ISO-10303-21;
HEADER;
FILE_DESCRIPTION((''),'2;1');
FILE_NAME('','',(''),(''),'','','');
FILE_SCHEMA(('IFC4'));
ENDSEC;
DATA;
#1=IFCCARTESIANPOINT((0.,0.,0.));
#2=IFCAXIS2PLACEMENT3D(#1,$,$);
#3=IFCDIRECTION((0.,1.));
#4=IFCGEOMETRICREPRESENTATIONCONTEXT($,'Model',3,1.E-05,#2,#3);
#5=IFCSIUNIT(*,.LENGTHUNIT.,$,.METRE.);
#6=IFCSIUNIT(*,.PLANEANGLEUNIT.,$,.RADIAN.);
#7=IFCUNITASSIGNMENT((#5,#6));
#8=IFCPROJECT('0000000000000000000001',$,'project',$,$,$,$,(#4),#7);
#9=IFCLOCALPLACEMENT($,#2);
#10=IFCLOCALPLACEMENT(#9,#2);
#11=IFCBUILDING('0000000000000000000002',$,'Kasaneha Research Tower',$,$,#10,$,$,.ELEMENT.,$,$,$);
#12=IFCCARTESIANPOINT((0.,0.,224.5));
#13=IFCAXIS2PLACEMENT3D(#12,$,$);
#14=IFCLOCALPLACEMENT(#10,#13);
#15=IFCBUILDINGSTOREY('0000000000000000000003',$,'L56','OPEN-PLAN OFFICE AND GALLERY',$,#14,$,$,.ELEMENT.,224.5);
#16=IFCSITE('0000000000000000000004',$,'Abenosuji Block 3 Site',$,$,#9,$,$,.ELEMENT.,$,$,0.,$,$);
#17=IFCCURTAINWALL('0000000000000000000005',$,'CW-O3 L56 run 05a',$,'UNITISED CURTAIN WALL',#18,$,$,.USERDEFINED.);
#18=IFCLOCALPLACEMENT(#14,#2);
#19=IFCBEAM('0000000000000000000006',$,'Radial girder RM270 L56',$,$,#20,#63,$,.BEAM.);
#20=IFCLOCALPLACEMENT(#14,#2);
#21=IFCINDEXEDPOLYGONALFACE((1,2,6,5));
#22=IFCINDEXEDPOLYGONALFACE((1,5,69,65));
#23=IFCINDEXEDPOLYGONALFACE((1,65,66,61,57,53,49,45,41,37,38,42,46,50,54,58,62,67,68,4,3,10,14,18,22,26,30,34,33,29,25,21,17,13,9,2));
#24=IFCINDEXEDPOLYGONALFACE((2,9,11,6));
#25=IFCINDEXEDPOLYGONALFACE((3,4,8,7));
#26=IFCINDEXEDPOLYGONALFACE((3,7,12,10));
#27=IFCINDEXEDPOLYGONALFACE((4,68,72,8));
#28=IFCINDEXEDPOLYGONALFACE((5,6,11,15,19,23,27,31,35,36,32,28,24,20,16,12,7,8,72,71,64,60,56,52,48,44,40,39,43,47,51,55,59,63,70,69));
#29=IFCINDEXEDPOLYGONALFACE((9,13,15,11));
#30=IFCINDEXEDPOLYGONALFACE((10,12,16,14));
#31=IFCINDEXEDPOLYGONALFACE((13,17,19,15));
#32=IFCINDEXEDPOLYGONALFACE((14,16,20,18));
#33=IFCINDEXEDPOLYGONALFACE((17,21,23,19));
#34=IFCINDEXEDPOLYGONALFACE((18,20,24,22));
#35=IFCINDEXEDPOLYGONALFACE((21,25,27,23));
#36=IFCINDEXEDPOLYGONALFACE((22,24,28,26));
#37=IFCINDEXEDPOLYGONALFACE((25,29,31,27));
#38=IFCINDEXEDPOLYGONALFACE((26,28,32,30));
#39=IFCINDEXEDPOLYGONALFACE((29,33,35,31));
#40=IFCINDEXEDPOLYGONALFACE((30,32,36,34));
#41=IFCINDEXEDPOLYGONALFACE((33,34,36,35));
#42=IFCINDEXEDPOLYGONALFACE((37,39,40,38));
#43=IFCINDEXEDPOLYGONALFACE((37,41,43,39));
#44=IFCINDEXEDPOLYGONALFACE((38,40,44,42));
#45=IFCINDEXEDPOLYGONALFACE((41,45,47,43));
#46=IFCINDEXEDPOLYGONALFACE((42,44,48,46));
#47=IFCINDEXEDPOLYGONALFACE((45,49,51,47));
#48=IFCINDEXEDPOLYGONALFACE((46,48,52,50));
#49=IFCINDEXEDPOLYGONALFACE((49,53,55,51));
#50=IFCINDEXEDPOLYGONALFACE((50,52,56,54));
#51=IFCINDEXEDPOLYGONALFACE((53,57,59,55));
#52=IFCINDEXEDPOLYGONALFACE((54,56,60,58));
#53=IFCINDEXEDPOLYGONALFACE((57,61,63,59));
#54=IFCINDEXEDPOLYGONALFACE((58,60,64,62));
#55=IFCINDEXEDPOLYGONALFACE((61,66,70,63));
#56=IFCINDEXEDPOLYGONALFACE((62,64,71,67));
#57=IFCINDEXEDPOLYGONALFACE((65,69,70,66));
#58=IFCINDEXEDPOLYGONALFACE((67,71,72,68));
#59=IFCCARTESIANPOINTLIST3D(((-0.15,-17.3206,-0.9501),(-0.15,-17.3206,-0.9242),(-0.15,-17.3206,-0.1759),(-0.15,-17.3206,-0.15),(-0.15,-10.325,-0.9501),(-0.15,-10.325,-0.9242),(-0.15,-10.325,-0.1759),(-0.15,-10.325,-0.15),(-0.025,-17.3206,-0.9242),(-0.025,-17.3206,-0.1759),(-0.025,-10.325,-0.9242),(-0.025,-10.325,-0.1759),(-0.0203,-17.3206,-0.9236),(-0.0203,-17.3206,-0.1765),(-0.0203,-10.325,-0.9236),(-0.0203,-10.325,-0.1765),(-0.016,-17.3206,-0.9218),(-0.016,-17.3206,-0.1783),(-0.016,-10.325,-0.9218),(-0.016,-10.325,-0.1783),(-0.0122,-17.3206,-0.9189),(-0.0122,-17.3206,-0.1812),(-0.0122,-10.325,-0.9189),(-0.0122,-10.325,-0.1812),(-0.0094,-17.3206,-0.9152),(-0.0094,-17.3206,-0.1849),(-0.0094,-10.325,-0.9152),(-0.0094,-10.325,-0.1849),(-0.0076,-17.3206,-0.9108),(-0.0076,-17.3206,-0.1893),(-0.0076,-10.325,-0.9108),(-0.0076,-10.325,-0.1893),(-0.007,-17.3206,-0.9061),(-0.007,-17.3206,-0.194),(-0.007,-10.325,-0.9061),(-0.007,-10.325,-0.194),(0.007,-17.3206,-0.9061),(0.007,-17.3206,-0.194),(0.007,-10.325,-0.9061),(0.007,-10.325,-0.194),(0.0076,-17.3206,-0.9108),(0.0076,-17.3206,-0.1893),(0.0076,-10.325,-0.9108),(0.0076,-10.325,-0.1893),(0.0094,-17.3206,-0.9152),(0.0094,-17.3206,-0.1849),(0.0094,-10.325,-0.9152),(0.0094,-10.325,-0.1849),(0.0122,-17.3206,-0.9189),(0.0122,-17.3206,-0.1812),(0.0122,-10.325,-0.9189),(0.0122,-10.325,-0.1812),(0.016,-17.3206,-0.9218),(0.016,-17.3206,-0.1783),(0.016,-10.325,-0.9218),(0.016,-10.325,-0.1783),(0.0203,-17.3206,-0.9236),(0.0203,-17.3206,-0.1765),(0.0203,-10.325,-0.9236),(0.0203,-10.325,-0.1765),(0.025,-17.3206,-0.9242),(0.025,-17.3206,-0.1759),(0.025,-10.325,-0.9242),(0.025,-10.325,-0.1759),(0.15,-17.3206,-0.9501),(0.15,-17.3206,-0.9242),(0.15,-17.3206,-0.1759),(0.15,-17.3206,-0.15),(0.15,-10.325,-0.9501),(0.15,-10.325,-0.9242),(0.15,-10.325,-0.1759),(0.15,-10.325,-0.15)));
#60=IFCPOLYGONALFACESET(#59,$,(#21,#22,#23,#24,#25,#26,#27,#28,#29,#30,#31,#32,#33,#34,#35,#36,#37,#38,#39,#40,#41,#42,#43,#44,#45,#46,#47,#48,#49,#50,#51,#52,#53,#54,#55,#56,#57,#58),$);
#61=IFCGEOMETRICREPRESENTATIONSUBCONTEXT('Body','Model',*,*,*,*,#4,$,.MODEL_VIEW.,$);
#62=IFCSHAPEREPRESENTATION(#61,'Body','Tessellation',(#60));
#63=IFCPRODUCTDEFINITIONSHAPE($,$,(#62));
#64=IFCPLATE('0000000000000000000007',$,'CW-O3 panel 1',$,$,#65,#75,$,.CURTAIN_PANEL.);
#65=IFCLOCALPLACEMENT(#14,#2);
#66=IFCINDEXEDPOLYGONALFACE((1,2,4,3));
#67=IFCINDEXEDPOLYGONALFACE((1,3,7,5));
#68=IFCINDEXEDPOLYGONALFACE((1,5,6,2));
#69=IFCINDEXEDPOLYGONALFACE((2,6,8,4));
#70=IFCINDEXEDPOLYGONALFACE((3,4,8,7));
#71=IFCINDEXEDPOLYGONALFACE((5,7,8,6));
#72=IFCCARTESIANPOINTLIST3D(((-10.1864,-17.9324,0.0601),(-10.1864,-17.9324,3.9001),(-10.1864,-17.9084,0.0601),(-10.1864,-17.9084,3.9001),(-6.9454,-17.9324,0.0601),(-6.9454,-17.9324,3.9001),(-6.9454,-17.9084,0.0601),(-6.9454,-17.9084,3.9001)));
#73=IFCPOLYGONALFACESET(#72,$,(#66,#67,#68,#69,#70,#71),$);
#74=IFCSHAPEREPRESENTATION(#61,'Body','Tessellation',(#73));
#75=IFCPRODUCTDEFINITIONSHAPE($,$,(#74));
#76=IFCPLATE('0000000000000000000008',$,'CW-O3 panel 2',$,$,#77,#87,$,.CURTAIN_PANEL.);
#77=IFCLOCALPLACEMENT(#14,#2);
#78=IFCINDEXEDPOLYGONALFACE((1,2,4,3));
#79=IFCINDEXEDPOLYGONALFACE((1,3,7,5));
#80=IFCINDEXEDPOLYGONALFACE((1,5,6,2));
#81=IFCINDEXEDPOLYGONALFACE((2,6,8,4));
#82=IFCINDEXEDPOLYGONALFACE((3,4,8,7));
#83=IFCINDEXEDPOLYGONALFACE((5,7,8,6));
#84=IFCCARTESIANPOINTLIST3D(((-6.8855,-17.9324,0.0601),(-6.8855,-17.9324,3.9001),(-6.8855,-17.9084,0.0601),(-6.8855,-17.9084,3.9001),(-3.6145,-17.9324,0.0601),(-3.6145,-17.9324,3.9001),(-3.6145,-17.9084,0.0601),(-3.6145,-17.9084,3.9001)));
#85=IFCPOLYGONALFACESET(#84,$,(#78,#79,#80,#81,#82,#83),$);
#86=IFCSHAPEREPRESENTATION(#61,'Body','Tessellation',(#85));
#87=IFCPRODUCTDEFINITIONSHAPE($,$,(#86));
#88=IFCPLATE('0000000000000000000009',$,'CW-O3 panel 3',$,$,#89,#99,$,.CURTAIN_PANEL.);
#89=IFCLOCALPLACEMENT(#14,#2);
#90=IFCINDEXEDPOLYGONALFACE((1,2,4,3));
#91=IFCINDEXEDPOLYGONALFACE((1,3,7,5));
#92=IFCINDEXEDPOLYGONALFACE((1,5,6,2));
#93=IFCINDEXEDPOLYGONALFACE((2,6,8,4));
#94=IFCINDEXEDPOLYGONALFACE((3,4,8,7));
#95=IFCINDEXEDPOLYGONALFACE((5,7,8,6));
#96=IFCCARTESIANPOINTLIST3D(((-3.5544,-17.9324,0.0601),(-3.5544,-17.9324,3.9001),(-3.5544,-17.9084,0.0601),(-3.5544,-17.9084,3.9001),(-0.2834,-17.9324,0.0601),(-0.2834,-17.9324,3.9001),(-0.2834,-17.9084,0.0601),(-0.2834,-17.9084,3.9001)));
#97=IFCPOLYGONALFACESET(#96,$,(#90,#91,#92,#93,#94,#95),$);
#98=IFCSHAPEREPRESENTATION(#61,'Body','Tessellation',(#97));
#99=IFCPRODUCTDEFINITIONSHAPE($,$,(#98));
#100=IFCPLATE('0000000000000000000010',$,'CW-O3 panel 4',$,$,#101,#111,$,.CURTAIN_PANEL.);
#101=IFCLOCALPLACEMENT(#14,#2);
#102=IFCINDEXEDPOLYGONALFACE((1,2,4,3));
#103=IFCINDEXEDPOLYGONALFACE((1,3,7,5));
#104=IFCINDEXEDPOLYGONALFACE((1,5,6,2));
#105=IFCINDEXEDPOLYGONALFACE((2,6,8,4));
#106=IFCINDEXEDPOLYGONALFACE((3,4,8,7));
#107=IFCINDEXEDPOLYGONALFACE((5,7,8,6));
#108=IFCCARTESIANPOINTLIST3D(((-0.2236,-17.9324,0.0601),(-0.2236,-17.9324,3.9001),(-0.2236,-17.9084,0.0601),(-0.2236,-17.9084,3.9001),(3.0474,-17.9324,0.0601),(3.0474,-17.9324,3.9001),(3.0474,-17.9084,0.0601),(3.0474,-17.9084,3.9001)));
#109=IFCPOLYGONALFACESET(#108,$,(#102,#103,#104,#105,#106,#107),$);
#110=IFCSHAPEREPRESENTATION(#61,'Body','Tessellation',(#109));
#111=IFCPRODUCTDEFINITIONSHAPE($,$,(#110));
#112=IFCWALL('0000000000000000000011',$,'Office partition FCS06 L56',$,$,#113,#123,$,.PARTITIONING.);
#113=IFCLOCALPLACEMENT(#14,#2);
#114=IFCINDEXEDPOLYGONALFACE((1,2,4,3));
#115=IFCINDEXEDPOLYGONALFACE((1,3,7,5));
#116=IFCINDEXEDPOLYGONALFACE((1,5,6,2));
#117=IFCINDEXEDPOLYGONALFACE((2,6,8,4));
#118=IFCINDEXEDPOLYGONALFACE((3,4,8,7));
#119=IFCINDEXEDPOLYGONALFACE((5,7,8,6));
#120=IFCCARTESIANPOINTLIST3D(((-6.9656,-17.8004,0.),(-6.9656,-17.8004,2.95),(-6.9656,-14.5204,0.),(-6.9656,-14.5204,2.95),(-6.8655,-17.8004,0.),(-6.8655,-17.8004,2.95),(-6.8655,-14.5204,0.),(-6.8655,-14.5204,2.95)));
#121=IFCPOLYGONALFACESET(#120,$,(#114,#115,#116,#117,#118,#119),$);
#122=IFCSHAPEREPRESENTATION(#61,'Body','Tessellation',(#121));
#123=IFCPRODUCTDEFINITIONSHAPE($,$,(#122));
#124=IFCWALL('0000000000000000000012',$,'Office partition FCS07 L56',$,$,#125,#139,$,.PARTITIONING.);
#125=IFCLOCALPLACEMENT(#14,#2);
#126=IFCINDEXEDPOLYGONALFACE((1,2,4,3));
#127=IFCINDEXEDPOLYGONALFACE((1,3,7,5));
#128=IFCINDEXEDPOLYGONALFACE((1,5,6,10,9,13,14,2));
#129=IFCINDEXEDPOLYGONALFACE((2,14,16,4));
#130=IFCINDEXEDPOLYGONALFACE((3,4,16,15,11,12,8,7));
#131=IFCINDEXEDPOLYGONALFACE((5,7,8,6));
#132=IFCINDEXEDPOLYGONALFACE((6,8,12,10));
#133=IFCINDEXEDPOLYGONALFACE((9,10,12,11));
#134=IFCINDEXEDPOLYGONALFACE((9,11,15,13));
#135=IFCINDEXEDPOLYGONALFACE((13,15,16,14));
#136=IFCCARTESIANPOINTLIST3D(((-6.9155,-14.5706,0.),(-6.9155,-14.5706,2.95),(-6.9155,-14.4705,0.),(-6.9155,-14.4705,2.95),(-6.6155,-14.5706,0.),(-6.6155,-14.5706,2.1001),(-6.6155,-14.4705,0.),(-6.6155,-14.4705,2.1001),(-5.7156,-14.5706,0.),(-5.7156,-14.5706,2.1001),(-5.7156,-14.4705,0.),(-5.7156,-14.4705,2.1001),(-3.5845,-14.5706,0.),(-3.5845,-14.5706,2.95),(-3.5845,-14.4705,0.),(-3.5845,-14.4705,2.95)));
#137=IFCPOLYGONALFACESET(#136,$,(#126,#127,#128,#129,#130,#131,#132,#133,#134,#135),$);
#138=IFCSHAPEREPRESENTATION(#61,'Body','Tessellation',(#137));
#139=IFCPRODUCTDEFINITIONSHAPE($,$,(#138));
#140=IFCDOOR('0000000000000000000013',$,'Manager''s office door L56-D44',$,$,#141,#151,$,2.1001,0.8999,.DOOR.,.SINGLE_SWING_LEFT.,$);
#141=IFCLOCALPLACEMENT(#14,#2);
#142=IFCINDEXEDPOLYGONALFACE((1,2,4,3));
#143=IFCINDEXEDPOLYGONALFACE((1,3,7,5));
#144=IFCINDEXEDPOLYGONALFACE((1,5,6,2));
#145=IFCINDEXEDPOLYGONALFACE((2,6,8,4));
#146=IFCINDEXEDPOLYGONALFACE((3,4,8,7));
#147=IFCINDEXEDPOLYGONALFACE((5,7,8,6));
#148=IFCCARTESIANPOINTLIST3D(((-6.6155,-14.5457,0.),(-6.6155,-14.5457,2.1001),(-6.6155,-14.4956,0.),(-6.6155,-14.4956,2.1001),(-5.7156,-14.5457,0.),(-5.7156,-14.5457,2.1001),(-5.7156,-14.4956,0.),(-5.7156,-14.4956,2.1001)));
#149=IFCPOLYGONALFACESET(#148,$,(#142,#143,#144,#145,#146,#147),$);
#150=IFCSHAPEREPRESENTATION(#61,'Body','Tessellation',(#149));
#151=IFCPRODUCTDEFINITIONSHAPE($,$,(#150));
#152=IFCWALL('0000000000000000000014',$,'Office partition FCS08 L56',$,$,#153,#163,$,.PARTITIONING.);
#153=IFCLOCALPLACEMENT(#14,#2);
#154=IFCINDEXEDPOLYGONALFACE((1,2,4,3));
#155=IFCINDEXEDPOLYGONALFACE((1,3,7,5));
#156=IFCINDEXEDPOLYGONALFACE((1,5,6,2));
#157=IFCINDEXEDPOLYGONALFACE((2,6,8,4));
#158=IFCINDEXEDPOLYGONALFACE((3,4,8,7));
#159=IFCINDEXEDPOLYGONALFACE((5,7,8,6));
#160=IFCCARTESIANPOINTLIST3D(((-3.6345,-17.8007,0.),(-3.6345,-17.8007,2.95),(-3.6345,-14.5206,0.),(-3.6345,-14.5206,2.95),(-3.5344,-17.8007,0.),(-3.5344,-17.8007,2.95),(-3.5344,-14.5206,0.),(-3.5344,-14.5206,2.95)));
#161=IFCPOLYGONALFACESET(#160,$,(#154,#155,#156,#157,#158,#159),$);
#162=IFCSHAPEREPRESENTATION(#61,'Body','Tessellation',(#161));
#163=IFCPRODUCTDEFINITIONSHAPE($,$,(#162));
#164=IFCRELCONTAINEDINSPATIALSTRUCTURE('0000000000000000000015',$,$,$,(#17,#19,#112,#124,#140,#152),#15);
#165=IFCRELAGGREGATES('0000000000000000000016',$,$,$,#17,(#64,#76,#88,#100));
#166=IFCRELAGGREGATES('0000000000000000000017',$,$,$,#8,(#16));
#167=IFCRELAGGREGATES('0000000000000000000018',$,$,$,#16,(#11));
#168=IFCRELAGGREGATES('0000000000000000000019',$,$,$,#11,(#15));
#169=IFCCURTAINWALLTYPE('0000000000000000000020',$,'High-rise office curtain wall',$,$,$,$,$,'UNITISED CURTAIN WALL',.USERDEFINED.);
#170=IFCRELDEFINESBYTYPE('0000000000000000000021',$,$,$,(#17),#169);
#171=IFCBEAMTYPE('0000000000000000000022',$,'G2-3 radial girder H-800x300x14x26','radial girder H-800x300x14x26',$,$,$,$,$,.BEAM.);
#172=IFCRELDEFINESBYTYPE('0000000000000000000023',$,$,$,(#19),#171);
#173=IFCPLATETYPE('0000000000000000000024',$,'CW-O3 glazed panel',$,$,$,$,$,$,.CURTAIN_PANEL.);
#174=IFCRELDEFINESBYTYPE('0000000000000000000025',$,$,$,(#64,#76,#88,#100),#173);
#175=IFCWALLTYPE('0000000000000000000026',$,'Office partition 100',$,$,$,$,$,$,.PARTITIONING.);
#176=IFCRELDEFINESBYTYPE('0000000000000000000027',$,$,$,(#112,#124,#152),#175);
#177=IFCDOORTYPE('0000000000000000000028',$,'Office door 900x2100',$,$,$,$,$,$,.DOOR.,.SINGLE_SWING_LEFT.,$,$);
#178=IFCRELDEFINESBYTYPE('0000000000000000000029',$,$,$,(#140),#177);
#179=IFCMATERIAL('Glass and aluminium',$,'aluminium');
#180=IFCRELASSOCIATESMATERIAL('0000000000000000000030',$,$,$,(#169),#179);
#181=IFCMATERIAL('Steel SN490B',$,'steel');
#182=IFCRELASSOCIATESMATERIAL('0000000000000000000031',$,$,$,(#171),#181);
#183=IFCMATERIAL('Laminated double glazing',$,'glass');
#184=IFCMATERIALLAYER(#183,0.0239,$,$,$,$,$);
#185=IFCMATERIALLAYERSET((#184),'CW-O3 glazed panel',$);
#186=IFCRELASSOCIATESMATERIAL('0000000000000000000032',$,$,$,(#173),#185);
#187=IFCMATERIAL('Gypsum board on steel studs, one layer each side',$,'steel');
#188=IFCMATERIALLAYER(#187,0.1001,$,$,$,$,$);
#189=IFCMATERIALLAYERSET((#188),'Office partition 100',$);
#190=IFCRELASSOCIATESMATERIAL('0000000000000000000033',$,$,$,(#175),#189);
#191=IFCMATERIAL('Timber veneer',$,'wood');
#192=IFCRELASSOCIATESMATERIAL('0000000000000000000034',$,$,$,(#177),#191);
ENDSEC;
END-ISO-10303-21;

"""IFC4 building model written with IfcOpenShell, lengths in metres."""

from ifc_helpers import new_model, si_unit, direction, frame, frame_2d, origin, origin_2d, place, context, subcontext, project, spatial, rectangle, i_section, extrude, material, layer, layer_set, material_profile, profile_set, type_object, element, fill, aggregate, save


model = new_model("IFC4")

# Units and contexts
model_context = context("Model", 3, precision=1e-05, world=origin(), true_north=direction((0.0, 1.0)))
body_context = subcontext(model_context, "Body", "Model", "MODEL_VIEW")
ifc_project = project(units=[si_unit("LENGTHUNIT", "METRE"), si_unit("PLANEANGLEUNIT", "RADIAN")], contexts=[model_context])

# Site, building, storey
site_placement = place(None, origin())
site = spatial("IfcSite", under=ifc_project, at=site_placement, Name="Abenosuji Block 3 Site", CompositionType="ELEMENT", RefElevation=0.0)
building_placement = place(site_placement, origin())
building = spatial("IfcBuilding", under=site, at=building_placement, Name="Kasaneha Research Tower", CompositionType="ELEMENT")
storey_placement = place(building_placement, frame((0.0, 0.0, 224.5)))
storey = spatial("IfcBuildingStorey", under=building, at=storey_placement, Name="L56", Description="OPEN-PLAN OFFICE AND GALLERY", CompositionType="ELEMENT", Elevation=224.5)

# Curtain wall
ifc_material_1 = material(Name="Glass and aluminium", Category="aluminium")
curtain_wall_type = type_object("IfcCurtainWallType", Name="High-rise office curtain wall", ElementType="UNITISED CURTAIN WALL", PredefinedType="USERDEFINED", material=ifc_material_1)
curtain_wall_placement = place(storey_placement, origin())
curtain_wall = element("IfcCurtainWall", 1, at=curtain_wall_placement, inside=storey, type_object=curtain_wall_type, Name="CW-O3 L56 run 05a", ObjectType="UNITISED CURTAIN WALL", PredefinedType="USERDEFINED")

# Beam
ifc_material_2 = material(Name="Steel SN490B", Category="steel")
ifc_material_profile_1 = material_profile(ifc_material_2, i_section(OverallWidth=0.3, OverallDepth=0.8, WebThickness=0.0139, FlangeThickness=0.0259, FilletRadius=0.0181, at=origin_2d()), Name="H-800x300x14x26")
ifc_profile_set_1 = profile_set([ifc_material_profile_1], Name="Steel SN490B")
beam_type_1 = type_object("IfcBeamType", Name="G2-3 radial girder H-800x300x14x26", Description="radial girder H-800x300x14x26", PredefinedType="BEAM", material=ifc_profile_set_1)
beam_1_placement = place(storey_placement, frame((0.0, -10.325, -0.55), z_axis=(0.0, -1.0, 0.0), x_axis=(1.0, 0.0, 0.0)))
element("IfcBeam", 2, at=beam_1_placement, inside=storey, type_object=beam_type_1, Name="Radial girder RM270 L56", PredefinedType="BEAM", context=body_context, shape_type="SweptSolid", body=[
    extrude(i_section(OverallWidth=0.3, OverallDepth=0.8, WebThickness=0.0139, FlangeThickness=0.0259, FilletRadius=0.0181, at=origin_2d()), origin(), (0.0, 0.0, 1.0), 6.9956),
])

# Plates
ifc_material_3 = material(Name="Laminated double glazing", Category="glass")
ifc_layer_1 = layer(ifc_material_3, 0.0239)
ifc_layer_set_1 = layer_set([ifc_layer_1], Name="CW-O3 glazed panel")
plate_type = type_object("IfcPlateType", Name="CW-O3 glazed panel", PredefinedType="CURTAIN_PANEL", material=ifc_layer_set_1)
plate_1_placement = place(storey_placement, frame((-8.5659, -17.9204, 0.0601), z_axis=(0.0, 0.0, 1.0), x_axis=(1.0, 0.0, 0.0)))
plate_1 = element("IfcPlate", 3, at=plate_1_placement, type_object=plate_type, Name="CW-O3 panel 1", PredefinedType="CURTAIN_PANEL", context=body_context, shape_type="SweptSolid", body=[
    extrude(rectangle(XDim=3.241, YDim=0.0239, at=origin_2d()), origin(), (0.0, 0.0, 1.0), 3.8401),
])
plate_2_placement = place(storey_placement, frame((-5.25, -17.9204, 0.0601), z_axis=(0.0, 0.0, 1.0), x_axis=(1.0, 0.0, 0.0)))
plate_2 = element("IfcPlate", 4, at=plate_2_placement, type_object=plate_type, Name="CW-O3 panel 2", PredefinedType="CURTAIN_PANEL", context=body_context, shape_type="SweptSolid", body=[
    extrude(rectangle(XDim=3.271, YDim=0.0239, at=origin_2d()), origin(), (0.0, 0.0, 1.0), 3.8401),
])
plate_3_placement = place(storey_placement, frame((-1.9189, -17.9204, 0.0601), z_axis=(0.0, 0.0, 1.0), x_axis=(1.0, 0.0, 0.0)))
plate_3 = element("IfcPlate", 5, at=plate_3_placement, type_object=plate_type, Name="CW-O3 panel 3", PredefinedType="CURTAIN_PANEL", context=body_context, shape_type="SweptSolid", body=[
    extrude(rectangle(XDim=3.271, YDim=0.0239, at=origin_2d()), origin(), (0.0, 0.0, 1.0), 3.8401),
])
plate_4_placement = place(storey_placement, frame((1.4119, -17.9204, 0.0601), z_axis=(0.0, 0.0, 1.0), x_axis=(1.0, 0.0, 0.0)))
plate_4 = element("IfcPlate", 6, at=plate_4_placement, type_object=plate_type, Name="CW-O3 panel 4", PredefinedType="CURTAIN_PANEL", context=body_context, shape_type="SweptSolid", body=[
    extrude(rectangle(XDim=3.271, YDim=0.0239, at=origin_2d()), origin(), (0.0, 0.0, 1.0), 3.8401),
])
aggregate(curtain_wall, [plate_1, plate_2, plate_3, plate_4])

# Wall
ifc_material_4 = material(Name="Gypsum board on steel studs, one layer each side", Category="steel")
ifc_layer_2 = layer(ifc_material_4, 0.1001)
ifc_layer_set_2 = layer_set([ifc_layer_2], Name="Office partition 100")
wall_type_1 = type_object("IfcWallType", Name="Office partition 100", PredefinedType="PARTITIONING", material=ifc_layer_set_2)
wall_1_placement = place(storey_placement, frame((-6.9155, -17.8005, 0.0), z_axis=(0.0, 0.0, 1.0), x_axis=(0.0, 1.0, 0.0)))
element("IfcWall", 7, at=wall_1_placement, inside=storey, type_object=wall_type_1, Name="Office partition FCS06 L56", PredefinedType="PARTITIONING", context=body_context, shape_type="SweptSolid", body=[
    extrude(rectangle(XDim=3.28, YDim=0.1001, at=frame_2d((1.6401, 0.0))), origin(), (0.0, 0.0, 1.0), 2.95),
])

# Wall, opening, door
wall_2_placement = place(storey_placement, frame((-6.9155, -14.5205, 0.0), z_axis=(0.0, 0.0, 1.0), x_axis=(1.0, 0.0, 0.0)))
wall_2 = element("IfcWall", 8, at=wall_2_placement, inside=storey, type_object=wall_type_1, Name="Office partition FCS07 L56", PredefinedType="PARTITIONING", context=body_context, shape_type="SweptSolid", body=[
    extrude(rectangle(XDim=3.3311, YDim=0.1001, at=frame_2d((1.6655, 0.0))), origin(), (0.0, 0.0, 1.0), 2.95),
])
opening_1_placement = place(wall_2_placement, frame((0.3, 0.0, 0.0)))
opening_1 = element("IfcOpeningElement", 9, at=opening_1_placement, cuts=wall_2, PredefinedType="OPENING", context=body_context, shape_type="SweptSolid", body=[
    extrude(rectangle(XDim=0.8999, YDim=2.1001, at=frame_2d((0.45, 1.05))), frame((0.0, 0.0601, 0.0), z_axis=(0.0, -1.0, 0.0), x_axis=(1.0, 0.0, 0.0)), (0.0, 0.0, 1.0), 0.1201),
])
ifc_material_5 = material(Name="Timber veneer", Category="wood")
door_type_1 = type_object("IfcDoorType", Name="Office door 900x2100", OperationType="SINGLE_SWING_LEFT", PredefinedType="DOOR", material=ifc_material_5)
door_1_placement = place(opening_1_placement, origin())
door_1 = element("IfcDoor", 10, at=door_1_placement, inside=storey, type_object=door_type_1, Name="Manager's office door L56-D44", OperationType="SINGLE_SWING_LEFT", OverallHeight=2.1001, OverallWidth=0.8999, PredefinedType="DOOR", context=body_context, shape_type="SweptSolid", body=[
    extrude(rectangle(XDim=0.8999, YDim=2.1001, at=frame_2d((0.45, 1.05))), frame((0.0, 0.0249, 0.0), z_axis=(0.0, -1.0, 0.0), x_axis=(1.0, 0.0, 0.0)), (0.0, 0.0, 1.0), 0.05),
])
fill(opening_1, door_1)

# Wall
wall_3_placement = place(storey_placement, frame((-3.5845, -14.5205, 0.0), z_axis=(0.0, 0.0, 1.0), x_axis=(0.0, -1.0, 0.0)))
element("IfcWall", 11, at=wall_3_placement, inside=storey, type_object=wall_type_1, Name="Office partition FCS08 L56", PredefinedType="PARTITIONING", context=body_context, shape_type="SweptSolid", body=[
    extrude(rectangle(XDim=3.28, YDim=0.1001, at=frame_2d((1.6401, 0.0))), origin(), (0.0, 0.0, 1.0), 2.95),
])

save(model, "model.ifc")
